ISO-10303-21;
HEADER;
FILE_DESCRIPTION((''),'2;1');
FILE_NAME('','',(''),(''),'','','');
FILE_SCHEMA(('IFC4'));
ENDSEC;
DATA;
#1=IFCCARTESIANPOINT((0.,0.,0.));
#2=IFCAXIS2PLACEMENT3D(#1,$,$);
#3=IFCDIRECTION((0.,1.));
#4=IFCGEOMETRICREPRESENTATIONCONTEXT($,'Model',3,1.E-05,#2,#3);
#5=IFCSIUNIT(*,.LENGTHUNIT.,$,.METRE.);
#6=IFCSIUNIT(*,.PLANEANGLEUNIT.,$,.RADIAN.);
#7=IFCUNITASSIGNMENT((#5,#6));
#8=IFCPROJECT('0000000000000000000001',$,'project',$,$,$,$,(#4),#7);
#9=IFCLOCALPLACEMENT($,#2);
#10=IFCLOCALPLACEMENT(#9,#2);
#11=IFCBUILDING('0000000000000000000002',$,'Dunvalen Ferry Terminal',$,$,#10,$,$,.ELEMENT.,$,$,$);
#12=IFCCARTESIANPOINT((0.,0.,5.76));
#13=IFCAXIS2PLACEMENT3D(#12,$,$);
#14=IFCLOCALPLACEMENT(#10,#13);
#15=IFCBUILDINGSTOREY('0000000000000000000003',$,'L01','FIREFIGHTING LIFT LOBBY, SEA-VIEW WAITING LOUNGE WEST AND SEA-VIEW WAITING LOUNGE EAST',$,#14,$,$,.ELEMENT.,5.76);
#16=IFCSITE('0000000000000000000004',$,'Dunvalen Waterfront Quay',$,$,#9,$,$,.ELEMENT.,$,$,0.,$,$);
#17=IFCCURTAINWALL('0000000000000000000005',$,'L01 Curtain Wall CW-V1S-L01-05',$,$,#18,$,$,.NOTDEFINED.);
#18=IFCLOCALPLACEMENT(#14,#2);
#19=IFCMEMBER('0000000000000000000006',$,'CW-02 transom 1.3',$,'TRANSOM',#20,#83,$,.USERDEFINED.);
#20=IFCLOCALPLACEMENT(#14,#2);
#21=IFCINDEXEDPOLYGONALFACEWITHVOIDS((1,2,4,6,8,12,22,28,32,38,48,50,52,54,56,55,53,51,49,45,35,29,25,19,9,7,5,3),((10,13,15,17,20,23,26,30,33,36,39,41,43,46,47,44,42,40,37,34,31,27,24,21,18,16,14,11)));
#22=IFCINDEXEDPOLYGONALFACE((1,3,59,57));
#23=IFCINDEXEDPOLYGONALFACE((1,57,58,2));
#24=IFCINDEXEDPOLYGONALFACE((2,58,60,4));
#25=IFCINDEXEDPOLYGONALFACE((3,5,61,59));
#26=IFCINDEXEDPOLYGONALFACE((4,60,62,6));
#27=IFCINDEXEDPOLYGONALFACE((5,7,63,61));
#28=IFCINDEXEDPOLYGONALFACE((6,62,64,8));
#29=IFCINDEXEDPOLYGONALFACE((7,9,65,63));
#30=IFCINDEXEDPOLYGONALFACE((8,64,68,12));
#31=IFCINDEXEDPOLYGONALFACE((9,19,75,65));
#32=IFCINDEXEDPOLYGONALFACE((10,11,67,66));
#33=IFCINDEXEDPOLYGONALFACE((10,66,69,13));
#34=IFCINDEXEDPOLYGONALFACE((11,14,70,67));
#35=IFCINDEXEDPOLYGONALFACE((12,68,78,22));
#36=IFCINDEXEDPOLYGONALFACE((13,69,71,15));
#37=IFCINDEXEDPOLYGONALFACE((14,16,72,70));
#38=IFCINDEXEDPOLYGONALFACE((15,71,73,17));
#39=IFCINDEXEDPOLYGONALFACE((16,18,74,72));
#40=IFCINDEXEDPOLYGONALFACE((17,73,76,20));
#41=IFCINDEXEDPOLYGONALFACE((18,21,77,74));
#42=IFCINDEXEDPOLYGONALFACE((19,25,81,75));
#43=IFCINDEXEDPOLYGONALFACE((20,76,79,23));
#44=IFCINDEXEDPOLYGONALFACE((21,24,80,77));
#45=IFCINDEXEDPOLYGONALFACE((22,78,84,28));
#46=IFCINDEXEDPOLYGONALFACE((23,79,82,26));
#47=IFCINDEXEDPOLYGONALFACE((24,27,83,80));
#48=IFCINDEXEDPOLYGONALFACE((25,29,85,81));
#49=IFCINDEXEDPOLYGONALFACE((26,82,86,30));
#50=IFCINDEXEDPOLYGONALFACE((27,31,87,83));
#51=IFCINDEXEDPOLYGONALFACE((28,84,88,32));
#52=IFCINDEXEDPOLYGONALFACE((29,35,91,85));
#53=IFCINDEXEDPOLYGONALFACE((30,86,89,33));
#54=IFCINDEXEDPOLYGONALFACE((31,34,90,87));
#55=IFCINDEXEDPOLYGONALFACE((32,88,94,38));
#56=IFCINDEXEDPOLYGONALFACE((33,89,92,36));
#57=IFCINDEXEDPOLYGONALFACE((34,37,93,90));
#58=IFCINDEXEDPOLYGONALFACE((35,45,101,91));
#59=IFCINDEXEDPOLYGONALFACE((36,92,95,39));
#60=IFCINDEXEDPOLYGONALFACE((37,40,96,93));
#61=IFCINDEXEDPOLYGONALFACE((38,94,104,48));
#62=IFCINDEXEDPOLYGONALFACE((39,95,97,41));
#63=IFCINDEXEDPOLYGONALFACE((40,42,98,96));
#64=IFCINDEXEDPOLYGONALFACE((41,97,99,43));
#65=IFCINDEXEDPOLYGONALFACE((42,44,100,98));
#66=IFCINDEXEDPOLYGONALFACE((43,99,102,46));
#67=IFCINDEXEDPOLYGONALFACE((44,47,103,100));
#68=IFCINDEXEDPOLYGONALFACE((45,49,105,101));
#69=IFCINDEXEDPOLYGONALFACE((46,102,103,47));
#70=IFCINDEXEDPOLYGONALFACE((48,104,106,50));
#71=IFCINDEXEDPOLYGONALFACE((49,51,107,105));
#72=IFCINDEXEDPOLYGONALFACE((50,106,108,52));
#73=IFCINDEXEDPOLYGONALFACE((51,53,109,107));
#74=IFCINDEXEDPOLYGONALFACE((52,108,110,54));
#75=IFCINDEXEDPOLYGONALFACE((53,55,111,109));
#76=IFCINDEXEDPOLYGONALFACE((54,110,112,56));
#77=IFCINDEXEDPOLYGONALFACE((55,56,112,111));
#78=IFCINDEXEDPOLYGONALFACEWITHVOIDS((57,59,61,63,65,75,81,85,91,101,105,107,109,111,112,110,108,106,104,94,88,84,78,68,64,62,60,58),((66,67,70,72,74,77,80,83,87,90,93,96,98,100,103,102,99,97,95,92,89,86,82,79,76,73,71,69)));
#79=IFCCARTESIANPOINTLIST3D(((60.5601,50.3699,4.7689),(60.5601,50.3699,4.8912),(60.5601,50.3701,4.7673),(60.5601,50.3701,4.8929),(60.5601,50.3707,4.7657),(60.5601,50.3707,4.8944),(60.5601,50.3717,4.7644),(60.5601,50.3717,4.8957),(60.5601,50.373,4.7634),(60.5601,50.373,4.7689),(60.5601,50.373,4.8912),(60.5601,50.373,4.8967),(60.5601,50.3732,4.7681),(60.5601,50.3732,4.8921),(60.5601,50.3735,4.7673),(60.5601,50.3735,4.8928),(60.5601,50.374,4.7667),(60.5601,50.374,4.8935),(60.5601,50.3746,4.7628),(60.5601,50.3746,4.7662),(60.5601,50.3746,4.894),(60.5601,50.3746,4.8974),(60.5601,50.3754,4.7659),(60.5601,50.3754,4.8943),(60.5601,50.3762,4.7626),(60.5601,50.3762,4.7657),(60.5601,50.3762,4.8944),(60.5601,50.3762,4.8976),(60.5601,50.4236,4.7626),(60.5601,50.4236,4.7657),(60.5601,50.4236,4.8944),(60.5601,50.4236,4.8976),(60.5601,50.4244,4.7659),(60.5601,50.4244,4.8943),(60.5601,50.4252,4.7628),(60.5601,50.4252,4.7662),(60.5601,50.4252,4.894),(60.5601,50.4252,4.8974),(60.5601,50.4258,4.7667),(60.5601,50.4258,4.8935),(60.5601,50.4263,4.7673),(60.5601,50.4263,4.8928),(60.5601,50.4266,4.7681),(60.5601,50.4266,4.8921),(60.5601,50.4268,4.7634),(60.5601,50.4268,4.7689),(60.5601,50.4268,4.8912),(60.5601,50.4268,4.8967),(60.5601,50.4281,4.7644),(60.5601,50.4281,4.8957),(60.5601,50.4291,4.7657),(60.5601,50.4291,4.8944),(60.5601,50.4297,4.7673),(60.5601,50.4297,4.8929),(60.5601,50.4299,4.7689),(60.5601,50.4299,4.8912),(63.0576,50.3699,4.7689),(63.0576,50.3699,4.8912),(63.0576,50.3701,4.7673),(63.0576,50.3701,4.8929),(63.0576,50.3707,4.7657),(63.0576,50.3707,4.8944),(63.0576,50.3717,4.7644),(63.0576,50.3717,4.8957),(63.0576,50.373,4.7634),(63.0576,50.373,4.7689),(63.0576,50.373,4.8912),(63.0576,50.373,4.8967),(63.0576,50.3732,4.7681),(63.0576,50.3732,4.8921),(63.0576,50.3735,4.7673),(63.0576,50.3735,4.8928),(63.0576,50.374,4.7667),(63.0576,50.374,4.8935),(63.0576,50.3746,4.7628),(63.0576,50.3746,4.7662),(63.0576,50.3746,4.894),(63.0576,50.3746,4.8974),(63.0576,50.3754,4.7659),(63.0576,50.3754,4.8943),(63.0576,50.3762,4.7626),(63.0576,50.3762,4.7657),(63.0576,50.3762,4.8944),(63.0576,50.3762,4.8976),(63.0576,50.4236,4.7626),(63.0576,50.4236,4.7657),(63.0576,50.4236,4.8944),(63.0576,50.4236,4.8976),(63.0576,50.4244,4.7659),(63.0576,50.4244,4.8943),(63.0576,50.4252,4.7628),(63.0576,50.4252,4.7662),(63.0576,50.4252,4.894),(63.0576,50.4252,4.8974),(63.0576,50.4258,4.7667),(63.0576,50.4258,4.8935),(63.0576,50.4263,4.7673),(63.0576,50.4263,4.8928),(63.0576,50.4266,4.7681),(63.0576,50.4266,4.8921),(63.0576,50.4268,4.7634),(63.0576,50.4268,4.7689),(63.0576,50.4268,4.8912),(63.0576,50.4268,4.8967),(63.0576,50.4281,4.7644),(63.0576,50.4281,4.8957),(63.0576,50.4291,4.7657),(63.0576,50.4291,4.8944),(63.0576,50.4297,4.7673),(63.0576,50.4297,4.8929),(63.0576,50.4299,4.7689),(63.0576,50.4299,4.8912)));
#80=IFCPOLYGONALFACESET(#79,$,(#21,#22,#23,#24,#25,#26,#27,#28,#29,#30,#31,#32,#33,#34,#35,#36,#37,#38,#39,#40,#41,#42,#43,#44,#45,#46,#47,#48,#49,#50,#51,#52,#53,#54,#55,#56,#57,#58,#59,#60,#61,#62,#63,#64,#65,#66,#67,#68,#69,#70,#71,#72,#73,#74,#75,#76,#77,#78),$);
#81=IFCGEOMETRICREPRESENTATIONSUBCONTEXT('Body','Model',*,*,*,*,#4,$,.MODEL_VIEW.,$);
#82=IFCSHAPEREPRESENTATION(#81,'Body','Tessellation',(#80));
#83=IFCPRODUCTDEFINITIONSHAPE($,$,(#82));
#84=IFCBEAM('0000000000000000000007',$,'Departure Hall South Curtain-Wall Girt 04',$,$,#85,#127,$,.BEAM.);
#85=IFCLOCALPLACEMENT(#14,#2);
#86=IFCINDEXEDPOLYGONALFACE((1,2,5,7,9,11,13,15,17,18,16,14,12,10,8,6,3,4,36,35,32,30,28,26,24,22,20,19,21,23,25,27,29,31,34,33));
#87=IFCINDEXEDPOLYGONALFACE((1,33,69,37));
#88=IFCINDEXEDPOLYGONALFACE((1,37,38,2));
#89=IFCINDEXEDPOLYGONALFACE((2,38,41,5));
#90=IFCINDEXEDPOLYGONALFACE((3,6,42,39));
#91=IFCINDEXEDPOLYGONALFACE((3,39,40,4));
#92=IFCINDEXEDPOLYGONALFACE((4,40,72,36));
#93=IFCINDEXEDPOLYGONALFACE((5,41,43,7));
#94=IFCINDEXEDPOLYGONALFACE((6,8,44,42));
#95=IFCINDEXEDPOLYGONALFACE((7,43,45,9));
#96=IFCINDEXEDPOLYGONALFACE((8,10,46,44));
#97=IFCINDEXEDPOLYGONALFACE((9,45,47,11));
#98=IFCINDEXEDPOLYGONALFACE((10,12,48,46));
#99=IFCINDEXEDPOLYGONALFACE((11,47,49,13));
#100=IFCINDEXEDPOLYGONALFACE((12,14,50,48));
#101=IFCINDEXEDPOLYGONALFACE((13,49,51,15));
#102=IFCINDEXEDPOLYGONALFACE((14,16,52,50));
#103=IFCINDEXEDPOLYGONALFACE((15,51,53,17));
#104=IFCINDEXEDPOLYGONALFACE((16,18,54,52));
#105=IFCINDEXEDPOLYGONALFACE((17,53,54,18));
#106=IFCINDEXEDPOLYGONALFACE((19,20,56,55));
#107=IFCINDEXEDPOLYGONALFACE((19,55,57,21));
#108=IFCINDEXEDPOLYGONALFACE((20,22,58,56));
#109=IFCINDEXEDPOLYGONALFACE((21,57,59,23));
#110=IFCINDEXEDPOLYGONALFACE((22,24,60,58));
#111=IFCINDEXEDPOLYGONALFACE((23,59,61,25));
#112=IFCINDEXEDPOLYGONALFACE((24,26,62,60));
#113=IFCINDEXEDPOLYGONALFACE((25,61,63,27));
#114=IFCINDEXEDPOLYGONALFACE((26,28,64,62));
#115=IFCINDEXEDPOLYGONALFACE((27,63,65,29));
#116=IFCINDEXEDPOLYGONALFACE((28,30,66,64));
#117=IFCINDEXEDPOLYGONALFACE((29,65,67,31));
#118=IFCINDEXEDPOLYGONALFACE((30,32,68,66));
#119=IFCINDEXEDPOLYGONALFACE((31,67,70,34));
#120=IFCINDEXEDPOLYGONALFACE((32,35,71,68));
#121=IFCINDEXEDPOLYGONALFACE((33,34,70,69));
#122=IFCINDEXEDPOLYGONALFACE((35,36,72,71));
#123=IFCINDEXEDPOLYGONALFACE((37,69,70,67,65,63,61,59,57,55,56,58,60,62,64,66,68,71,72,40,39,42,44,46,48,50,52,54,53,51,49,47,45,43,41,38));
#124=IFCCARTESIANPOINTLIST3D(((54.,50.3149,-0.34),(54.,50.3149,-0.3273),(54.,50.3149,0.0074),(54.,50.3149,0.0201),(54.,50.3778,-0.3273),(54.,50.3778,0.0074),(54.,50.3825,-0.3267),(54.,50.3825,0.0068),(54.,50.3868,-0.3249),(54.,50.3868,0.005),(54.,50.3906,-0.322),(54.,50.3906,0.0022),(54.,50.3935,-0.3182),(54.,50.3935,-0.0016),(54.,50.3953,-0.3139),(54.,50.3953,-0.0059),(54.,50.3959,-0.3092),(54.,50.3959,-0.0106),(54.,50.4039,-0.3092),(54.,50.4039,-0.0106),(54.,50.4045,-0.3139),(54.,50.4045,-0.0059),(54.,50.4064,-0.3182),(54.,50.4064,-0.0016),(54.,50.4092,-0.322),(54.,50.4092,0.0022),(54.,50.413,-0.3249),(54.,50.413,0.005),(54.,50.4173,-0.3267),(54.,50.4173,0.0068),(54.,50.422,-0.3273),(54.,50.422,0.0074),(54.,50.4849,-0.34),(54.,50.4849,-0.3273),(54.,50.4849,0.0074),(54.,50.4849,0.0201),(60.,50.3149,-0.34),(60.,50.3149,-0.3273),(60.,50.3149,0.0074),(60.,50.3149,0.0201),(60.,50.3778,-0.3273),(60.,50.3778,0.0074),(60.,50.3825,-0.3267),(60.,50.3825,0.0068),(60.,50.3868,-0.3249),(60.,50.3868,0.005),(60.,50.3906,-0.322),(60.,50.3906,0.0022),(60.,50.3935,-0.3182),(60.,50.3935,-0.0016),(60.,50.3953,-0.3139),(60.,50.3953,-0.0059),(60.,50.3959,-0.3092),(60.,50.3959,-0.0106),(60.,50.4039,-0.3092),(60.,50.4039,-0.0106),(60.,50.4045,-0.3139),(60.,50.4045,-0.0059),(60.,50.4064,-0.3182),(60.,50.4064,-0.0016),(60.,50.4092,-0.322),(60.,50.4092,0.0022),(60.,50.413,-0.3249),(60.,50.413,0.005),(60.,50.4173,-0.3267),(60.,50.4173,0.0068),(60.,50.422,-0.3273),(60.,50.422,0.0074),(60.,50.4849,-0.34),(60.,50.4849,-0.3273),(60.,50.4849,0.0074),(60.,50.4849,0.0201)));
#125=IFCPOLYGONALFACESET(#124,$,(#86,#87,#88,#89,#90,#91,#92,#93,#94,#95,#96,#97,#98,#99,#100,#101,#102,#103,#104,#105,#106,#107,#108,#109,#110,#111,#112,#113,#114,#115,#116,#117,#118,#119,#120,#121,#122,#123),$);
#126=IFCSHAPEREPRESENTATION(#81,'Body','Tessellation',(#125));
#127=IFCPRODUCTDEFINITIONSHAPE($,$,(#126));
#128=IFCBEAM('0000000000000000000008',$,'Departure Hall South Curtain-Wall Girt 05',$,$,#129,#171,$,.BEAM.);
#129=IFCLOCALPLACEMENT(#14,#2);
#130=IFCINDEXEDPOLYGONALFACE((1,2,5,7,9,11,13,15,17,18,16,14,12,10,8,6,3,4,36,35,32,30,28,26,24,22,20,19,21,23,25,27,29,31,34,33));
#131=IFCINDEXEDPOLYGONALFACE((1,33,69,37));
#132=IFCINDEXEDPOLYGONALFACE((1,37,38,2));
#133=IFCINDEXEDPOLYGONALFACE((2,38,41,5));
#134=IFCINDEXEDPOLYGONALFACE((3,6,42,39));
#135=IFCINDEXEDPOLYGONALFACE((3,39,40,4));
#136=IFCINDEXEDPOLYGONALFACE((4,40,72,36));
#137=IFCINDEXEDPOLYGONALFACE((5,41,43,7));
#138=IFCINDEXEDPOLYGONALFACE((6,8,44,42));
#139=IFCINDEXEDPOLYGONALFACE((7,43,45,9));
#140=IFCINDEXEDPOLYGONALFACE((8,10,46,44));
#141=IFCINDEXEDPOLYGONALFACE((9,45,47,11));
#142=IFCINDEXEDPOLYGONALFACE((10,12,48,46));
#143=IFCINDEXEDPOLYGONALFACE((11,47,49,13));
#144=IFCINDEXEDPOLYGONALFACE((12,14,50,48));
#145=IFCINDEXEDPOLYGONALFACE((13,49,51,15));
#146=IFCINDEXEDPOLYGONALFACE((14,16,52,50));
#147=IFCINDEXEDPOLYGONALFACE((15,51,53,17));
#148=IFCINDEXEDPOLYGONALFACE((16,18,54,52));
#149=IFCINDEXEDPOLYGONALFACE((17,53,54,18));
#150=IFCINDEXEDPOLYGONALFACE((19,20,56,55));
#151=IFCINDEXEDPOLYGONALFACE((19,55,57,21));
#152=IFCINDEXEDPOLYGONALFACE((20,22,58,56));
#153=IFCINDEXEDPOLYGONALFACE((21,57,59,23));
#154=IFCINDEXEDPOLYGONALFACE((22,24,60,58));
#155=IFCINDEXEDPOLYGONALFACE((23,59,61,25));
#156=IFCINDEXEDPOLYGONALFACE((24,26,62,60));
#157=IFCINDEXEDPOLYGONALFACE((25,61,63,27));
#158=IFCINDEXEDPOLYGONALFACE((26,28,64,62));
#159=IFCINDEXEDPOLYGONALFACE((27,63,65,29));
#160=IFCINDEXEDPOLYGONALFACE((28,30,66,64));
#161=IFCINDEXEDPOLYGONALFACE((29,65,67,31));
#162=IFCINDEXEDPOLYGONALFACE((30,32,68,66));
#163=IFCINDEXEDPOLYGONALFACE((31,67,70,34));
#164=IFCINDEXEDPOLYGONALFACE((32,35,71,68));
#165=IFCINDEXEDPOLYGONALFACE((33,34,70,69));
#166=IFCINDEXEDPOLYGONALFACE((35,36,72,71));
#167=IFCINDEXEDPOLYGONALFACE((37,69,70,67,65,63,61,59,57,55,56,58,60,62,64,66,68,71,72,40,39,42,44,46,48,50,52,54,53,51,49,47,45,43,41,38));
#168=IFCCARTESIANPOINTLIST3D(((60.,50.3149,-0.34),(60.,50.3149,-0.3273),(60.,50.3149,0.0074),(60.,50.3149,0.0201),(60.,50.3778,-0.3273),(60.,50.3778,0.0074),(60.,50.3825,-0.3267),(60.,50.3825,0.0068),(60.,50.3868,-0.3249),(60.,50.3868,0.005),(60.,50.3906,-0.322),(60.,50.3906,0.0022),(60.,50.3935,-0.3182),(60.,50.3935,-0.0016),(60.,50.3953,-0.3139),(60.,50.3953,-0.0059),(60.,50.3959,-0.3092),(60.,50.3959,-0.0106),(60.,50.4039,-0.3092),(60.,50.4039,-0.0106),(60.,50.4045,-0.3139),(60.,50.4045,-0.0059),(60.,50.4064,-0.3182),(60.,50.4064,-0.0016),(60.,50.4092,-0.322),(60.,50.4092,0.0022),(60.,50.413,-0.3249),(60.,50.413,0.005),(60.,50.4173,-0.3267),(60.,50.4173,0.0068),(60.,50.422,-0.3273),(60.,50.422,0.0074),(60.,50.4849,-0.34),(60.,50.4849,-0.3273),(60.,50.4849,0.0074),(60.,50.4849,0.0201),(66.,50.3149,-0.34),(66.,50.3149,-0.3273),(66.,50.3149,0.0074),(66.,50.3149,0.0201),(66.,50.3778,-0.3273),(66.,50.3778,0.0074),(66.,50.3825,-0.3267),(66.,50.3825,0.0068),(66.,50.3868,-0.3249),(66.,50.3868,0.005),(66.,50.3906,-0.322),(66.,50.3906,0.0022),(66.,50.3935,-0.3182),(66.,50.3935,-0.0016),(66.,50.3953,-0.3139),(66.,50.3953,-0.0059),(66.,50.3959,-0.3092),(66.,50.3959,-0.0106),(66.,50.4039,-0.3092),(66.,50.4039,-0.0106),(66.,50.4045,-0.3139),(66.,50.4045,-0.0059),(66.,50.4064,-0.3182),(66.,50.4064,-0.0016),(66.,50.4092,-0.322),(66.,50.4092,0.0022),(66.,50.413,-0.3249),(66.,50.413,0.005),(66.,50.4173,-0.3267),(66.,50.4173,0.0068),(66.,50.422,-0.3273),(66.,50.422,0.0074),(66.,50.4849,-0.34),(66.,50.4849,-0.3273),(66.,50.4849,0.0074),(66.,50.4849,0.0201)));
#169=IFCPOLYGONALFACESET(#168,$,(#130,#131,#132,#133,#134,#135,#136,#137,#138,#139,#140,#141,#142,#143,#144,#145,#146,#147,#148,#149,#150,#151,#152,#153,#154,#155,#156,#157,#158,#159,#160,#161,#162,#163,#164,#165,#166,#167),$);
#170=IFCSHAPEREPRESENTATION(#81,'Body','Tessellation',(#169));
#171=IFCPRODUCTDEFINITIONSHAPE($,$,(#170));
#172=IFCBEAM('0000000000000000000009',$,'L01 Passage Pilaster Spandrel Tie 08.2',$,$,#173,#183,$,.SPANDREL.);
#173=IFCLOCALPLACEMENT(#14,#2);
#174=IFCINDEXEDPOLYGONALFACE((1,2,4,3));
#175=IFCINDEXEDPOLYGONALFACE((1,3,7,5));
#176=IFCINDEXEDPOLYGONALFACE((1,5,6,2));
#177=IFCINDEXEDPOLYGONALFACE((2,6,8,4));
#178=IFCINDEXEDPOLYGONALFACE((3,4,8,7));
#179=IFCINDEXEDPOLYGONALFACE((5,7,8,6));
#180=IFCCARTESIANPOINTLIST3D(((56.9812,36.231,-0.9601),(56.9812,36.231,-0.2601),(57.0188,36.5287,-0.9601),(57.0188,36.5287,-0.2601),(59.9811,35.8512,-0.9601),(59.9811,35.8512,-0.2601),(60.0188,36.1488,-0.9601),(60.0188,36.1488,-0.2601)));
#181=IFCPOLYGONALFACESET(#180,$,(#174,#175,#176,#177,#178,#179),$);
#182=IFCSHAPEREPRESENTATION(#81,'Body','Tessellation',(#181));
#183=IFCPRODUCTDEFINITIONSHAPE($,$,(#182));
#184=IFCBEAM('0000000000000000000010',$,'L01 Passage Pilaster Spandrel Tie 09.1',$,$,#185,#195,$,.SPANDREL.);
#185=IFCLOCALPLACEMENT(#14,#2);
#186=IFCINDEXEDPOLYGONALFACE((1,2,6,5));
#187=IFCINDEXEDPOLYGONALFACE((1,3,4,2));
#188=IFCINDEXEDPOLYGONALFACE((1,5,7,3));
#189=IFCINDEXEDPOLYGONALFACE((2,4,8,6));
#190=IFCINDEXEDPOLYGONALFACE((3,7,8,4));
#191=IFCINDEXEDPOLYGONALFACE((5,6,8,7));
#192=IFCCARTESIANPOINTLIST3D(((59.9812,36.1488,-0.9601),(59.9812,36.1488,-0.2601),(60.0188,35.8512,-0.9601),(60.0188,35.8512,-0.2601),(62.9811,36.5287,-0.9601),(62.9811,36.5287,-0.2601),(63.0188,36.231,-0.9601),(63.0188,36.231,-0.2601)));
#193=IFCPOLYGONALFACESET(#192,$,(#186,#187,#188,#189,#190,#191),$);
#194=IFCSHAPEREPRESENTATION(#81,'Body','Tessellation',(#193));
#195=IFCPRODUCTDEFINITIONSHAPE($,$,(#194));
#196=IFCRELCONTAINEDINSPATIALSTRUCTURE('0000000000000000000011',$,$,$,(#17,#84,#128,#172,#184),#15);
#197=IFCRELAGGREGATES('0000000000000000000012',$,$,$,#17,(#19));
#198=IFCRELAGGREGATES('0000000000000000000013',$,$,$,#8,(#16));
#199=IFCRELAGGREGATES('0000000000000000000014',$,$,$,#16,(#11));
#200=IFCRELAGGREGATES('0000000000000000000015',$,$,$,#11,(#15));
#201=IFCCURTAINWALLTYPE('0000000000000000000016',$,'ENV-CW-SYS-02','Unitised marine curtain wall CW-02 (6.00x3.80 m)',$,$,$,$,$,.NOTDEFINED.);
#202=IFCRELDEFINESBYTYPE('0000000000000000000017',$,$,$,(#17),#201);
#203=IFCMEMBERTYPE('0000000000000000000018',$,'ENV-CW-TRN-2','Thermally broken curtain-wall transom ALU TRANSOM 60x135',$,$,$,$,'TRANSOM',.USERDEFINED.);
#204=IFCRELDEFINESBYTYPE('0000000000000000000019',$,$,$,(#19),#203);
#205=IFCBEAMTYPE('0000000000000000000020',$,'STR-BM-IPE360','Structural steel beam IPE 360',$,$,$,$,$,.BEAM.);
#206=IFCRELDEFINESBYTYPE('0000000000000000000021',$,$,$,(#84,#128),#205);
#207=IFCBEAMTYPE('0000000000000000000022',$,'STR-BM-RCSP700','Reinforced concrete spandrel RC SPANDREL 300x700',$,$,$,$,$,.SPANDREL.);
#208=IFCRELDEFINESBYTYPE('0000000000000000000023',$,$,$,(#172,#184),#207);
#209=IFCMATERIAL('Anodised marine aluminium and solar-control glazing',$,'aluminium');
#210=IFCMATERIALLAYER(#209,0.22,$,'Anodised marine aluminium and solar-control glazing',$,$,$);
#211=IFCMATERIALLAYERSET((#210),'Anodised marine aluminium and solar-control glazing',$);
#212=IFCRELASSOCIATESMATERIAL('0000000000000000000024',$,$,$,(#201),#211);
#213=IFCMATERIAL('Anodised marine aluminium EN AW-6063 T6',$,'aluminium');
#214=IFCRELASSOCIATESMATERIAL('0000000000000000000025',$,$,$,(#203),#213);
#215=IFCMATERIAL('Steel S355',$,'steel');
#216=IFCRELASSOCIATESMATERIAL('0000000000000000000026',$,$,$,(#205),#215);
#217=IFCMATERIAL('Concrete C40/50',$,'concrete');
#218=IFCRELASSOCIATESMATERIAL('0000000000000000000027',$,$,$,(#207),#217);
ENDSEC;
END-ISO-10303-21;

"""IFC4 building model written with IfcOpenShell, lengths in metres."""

from ifc_helpers import new_model, si_unit, direction, frame, origin, origin_2d, place, context, subcontext, project, spatial, rectangle, hollow_rectangle, i_section, extrude, material, layer, layer_set, material_profile, profile_set, type_object, element, aggregate, save


model = new_model("IFC4")

# Units and contexts
model_context = context("Model", 3, precision=1e-05, world=origin(), true_north=direction((0.0, 1.0)))
body_context = subcontext(model_context, "Body", "Model", "MODEL_VIEW")
ifc_project = project(units=[si_unit("LENGTHUNIT", "METRE"), si_unit("PLANEANGLEUNIT", "RADIAN")], contexts=[model_context])

# Site, building, storey
site_placement = place(None, origin())
site = spatial("IfcSite", under=ifc_project, at=site_placement, Name="Dunvalen Waterfront Quay", CompositionType="ELEMENT", RefElevation=0.0)
building_placement = place(site_placement, origin())
building = spatial("IfcBuilding", under=site, at=building_placement, Name="Dunvalen Ferry Terminal", CompositionType="ELEMENT")
storey_placement = place(building_placement, frame((0.0, 0.0, 5.76)))
storey = spatial("IfcBuildingStorey", under=building, at=storey_placement, Name="L01", Description="FIREFIGHTING LIFT LOBBY, SEA-VIEW WAITING LOUNGE WEST AND SEA-VIEW WAITING LOUNGE EAST", CompositionType="ELEMENT", Elevation=5.76)

# Shared definitions
ifc_material_1 = material(Name="Concrete C40/50", Category="concrete")

# Curtain wall
ifc_material_2 = material(Name="Anodised marine aluminium and solar-control glazing", Category="aluminium")
ifc_layer_1 = layer(ifc_material_2, 0.22, Name="Anodised marine aluminium and solar-control glazing")
ifc_layer_set_1 = layer_set([ifc_layer_1], Name="Anodised marine aluminium and solar-control glazing")
curtain_wall_type = type_object("IfcCurtainWallType", Name="ENV-CW-SYS-02", Description="Unitised marine curtain wall CW-02 (6.00x3.80 m)", PredefinedType="NOTDEFINED", material=ifc_layer_set_1)
ifc_material_3 = material(Name="Anodised marine aluminium EN AW-6063 T6", Category="aluminium")
curtain_wall_1_placement = place(storey_placement, origin())
curtain_wall_1 = element("IfcCurtainWall", 1, at=curtain_wall_1_placement, inside=storey, type_object=curtain_wall_type, Name="L01 Curtain Wall CW-V1S-L01-05", PredefinedType="NOTDEFINED")

# Member
ifc_material_profile_1 = material_profile(ifc_material_3, hollow_rectangle(XDim=0.0601, YDim=0.135, WallThickness=0.0032, InnerFilletRadius=0.0032, OuterFilletRadius=0.0063, at=origin_2d()), Name="Anodised marine aluminium EN AW-6063 T6")
ifc_profile_set_1 = profile_set([ifc_material_profile_1], Name="Anodised marine aluminium EN AW-6063 T6")
member_type_1 = type_object("IfcMemberType", Name="ENV-CW-TRN-2", Description="Thermally broken curtain-wall transom ALU TRANSOM 60x135", ElementType="TRANSOM", PredefinedType="USERDEFINED", material=ifc_profile_set_1)
member_1_placement = place(storey_placement, frame((60.5601, 50.3999, 4.8301), z_axis=(1.0, 0.0, 0.0), x_axis=(0.0, 1.0, 0.0)))
member_1 = element("IfcMember", 2, at=member_1_placement, type_object=member_type_1, Name="CW-02 transom 1.3", ObjectType="TRANSOM", PredefinedType="USERDEFINED", context=body_context, shape_type="SweptSolid", body=[
    extrude(hollow_rectangle(XDim=0.0601, YDim=0.135, WallThickness=0.0032, InnerFilletRadius=0.0032, OuterFilletRadius=0.0063, at=origin_2d()), origin(), (0.0, 0.0, 1.0), 2.4976),
])

# Beams
ifc_material_4 = material(Name="Steel S355", Category="steel")
ifc_material_profile_2 = material_profile(ifc_material_4, i_section(OverallWidth=0.1699, OverallDepth=0.3601, WebThickness=0.0081, FlangeThickness=0.0127, FilletRadius=0.0181, at=origin_2d()), Name="Steel S355")
ifc_profile_set_2 = profile_set([ifc_material_profile_2], Name="Steel S355")
beam_type_1 = type_object("IfcBeamType", Name="STR-BM-IPE360", Description="Structural steel beam IPE 360", PredefinedType="BEAM", material=ifc_profile_set_2)
for number, where, z_axis, x_axis, name in (
    (3, (54.0, 50.3999, -0.1599), (1.0, 0.0, 0.0), (0.0, 1.0, 0.0), "Departure Hall South Curtain-Wall Girt 04"),
    (4, (60.0, 50.3999, -0.1599), (1.0, 0.0, 0.0), (0.0, 1.0, 0.0), "Departure Hall South Curtain-Wall Girt 05"),
):
    element("IfcBeam", number, at=place(storey_placement, frame(where, z_axis=z_axis, x_axis=x_axis)), inside=storey, type_object=beam_type_1, Name=name, PredefinedType="BEAM", context=body_context, shape_type="SweptSolid", body=[
        extrude(i_section(OverallWidth=0.1699, OverallDepth=0.3601, WebThickness=0.0081, FlangeThickness=0.0127, FilletRadius=0.0181, at=origin_2d()), origin(), (0.0, 0.0, 1.0), 6.0),
    ])
ifc_material_profile_3 = material_profile(ifc_material_1, rectangle(XDim=0.3, YDim=0.7, at=origin_2d()), Name="Concrete C40/50")
ifc_profile_set_3 = profile_set([ifc_material_profile_3], Name="Concrete C40/50")
beam_type_2 = type_object("IfcBeamType", Name="STR-BM-RCSP700", Description="Reinforced concrete spandrel RC SPANDREL 300x700", PredefinedType="SPANDREL", material=ifc_profile_set_3)
for number, where, z_axis, x_axis, name in (
    (5, (57.0, 36.3799, -0.6101), (0.992078, -0.125624, 0.0), (0.125624, 0.992078, 0.0), "L01 Passage Pilaster Spandrel Tie 08.2"),
    (6, (60.0, 36.0, -0.6101), (0.992078, 0.125624, 0.0), (-0.125624, 0.992078, 0.0), "L01 Passage Pilaster Spandrel Tie 09.1"),
):
    element("IfcBeam", number, at=place(storey_placement, frame(where, z_axis=z_axis, x_axis=x_axis)), inside=storey, type_object=beam_type_2, Name=name, PredefinedType="SPANDREL", context=body_context, shape_type="SweptSolid", body=[
        extrude(rectangle(XDim=0.3, YDim=0.7, at=origin_2d()), origin(), (0.0, 0.0, 1.0), 3.0239),
    ])

aggregate(curtain_wall_1, [member_1])

save(model, "model.ifc")
